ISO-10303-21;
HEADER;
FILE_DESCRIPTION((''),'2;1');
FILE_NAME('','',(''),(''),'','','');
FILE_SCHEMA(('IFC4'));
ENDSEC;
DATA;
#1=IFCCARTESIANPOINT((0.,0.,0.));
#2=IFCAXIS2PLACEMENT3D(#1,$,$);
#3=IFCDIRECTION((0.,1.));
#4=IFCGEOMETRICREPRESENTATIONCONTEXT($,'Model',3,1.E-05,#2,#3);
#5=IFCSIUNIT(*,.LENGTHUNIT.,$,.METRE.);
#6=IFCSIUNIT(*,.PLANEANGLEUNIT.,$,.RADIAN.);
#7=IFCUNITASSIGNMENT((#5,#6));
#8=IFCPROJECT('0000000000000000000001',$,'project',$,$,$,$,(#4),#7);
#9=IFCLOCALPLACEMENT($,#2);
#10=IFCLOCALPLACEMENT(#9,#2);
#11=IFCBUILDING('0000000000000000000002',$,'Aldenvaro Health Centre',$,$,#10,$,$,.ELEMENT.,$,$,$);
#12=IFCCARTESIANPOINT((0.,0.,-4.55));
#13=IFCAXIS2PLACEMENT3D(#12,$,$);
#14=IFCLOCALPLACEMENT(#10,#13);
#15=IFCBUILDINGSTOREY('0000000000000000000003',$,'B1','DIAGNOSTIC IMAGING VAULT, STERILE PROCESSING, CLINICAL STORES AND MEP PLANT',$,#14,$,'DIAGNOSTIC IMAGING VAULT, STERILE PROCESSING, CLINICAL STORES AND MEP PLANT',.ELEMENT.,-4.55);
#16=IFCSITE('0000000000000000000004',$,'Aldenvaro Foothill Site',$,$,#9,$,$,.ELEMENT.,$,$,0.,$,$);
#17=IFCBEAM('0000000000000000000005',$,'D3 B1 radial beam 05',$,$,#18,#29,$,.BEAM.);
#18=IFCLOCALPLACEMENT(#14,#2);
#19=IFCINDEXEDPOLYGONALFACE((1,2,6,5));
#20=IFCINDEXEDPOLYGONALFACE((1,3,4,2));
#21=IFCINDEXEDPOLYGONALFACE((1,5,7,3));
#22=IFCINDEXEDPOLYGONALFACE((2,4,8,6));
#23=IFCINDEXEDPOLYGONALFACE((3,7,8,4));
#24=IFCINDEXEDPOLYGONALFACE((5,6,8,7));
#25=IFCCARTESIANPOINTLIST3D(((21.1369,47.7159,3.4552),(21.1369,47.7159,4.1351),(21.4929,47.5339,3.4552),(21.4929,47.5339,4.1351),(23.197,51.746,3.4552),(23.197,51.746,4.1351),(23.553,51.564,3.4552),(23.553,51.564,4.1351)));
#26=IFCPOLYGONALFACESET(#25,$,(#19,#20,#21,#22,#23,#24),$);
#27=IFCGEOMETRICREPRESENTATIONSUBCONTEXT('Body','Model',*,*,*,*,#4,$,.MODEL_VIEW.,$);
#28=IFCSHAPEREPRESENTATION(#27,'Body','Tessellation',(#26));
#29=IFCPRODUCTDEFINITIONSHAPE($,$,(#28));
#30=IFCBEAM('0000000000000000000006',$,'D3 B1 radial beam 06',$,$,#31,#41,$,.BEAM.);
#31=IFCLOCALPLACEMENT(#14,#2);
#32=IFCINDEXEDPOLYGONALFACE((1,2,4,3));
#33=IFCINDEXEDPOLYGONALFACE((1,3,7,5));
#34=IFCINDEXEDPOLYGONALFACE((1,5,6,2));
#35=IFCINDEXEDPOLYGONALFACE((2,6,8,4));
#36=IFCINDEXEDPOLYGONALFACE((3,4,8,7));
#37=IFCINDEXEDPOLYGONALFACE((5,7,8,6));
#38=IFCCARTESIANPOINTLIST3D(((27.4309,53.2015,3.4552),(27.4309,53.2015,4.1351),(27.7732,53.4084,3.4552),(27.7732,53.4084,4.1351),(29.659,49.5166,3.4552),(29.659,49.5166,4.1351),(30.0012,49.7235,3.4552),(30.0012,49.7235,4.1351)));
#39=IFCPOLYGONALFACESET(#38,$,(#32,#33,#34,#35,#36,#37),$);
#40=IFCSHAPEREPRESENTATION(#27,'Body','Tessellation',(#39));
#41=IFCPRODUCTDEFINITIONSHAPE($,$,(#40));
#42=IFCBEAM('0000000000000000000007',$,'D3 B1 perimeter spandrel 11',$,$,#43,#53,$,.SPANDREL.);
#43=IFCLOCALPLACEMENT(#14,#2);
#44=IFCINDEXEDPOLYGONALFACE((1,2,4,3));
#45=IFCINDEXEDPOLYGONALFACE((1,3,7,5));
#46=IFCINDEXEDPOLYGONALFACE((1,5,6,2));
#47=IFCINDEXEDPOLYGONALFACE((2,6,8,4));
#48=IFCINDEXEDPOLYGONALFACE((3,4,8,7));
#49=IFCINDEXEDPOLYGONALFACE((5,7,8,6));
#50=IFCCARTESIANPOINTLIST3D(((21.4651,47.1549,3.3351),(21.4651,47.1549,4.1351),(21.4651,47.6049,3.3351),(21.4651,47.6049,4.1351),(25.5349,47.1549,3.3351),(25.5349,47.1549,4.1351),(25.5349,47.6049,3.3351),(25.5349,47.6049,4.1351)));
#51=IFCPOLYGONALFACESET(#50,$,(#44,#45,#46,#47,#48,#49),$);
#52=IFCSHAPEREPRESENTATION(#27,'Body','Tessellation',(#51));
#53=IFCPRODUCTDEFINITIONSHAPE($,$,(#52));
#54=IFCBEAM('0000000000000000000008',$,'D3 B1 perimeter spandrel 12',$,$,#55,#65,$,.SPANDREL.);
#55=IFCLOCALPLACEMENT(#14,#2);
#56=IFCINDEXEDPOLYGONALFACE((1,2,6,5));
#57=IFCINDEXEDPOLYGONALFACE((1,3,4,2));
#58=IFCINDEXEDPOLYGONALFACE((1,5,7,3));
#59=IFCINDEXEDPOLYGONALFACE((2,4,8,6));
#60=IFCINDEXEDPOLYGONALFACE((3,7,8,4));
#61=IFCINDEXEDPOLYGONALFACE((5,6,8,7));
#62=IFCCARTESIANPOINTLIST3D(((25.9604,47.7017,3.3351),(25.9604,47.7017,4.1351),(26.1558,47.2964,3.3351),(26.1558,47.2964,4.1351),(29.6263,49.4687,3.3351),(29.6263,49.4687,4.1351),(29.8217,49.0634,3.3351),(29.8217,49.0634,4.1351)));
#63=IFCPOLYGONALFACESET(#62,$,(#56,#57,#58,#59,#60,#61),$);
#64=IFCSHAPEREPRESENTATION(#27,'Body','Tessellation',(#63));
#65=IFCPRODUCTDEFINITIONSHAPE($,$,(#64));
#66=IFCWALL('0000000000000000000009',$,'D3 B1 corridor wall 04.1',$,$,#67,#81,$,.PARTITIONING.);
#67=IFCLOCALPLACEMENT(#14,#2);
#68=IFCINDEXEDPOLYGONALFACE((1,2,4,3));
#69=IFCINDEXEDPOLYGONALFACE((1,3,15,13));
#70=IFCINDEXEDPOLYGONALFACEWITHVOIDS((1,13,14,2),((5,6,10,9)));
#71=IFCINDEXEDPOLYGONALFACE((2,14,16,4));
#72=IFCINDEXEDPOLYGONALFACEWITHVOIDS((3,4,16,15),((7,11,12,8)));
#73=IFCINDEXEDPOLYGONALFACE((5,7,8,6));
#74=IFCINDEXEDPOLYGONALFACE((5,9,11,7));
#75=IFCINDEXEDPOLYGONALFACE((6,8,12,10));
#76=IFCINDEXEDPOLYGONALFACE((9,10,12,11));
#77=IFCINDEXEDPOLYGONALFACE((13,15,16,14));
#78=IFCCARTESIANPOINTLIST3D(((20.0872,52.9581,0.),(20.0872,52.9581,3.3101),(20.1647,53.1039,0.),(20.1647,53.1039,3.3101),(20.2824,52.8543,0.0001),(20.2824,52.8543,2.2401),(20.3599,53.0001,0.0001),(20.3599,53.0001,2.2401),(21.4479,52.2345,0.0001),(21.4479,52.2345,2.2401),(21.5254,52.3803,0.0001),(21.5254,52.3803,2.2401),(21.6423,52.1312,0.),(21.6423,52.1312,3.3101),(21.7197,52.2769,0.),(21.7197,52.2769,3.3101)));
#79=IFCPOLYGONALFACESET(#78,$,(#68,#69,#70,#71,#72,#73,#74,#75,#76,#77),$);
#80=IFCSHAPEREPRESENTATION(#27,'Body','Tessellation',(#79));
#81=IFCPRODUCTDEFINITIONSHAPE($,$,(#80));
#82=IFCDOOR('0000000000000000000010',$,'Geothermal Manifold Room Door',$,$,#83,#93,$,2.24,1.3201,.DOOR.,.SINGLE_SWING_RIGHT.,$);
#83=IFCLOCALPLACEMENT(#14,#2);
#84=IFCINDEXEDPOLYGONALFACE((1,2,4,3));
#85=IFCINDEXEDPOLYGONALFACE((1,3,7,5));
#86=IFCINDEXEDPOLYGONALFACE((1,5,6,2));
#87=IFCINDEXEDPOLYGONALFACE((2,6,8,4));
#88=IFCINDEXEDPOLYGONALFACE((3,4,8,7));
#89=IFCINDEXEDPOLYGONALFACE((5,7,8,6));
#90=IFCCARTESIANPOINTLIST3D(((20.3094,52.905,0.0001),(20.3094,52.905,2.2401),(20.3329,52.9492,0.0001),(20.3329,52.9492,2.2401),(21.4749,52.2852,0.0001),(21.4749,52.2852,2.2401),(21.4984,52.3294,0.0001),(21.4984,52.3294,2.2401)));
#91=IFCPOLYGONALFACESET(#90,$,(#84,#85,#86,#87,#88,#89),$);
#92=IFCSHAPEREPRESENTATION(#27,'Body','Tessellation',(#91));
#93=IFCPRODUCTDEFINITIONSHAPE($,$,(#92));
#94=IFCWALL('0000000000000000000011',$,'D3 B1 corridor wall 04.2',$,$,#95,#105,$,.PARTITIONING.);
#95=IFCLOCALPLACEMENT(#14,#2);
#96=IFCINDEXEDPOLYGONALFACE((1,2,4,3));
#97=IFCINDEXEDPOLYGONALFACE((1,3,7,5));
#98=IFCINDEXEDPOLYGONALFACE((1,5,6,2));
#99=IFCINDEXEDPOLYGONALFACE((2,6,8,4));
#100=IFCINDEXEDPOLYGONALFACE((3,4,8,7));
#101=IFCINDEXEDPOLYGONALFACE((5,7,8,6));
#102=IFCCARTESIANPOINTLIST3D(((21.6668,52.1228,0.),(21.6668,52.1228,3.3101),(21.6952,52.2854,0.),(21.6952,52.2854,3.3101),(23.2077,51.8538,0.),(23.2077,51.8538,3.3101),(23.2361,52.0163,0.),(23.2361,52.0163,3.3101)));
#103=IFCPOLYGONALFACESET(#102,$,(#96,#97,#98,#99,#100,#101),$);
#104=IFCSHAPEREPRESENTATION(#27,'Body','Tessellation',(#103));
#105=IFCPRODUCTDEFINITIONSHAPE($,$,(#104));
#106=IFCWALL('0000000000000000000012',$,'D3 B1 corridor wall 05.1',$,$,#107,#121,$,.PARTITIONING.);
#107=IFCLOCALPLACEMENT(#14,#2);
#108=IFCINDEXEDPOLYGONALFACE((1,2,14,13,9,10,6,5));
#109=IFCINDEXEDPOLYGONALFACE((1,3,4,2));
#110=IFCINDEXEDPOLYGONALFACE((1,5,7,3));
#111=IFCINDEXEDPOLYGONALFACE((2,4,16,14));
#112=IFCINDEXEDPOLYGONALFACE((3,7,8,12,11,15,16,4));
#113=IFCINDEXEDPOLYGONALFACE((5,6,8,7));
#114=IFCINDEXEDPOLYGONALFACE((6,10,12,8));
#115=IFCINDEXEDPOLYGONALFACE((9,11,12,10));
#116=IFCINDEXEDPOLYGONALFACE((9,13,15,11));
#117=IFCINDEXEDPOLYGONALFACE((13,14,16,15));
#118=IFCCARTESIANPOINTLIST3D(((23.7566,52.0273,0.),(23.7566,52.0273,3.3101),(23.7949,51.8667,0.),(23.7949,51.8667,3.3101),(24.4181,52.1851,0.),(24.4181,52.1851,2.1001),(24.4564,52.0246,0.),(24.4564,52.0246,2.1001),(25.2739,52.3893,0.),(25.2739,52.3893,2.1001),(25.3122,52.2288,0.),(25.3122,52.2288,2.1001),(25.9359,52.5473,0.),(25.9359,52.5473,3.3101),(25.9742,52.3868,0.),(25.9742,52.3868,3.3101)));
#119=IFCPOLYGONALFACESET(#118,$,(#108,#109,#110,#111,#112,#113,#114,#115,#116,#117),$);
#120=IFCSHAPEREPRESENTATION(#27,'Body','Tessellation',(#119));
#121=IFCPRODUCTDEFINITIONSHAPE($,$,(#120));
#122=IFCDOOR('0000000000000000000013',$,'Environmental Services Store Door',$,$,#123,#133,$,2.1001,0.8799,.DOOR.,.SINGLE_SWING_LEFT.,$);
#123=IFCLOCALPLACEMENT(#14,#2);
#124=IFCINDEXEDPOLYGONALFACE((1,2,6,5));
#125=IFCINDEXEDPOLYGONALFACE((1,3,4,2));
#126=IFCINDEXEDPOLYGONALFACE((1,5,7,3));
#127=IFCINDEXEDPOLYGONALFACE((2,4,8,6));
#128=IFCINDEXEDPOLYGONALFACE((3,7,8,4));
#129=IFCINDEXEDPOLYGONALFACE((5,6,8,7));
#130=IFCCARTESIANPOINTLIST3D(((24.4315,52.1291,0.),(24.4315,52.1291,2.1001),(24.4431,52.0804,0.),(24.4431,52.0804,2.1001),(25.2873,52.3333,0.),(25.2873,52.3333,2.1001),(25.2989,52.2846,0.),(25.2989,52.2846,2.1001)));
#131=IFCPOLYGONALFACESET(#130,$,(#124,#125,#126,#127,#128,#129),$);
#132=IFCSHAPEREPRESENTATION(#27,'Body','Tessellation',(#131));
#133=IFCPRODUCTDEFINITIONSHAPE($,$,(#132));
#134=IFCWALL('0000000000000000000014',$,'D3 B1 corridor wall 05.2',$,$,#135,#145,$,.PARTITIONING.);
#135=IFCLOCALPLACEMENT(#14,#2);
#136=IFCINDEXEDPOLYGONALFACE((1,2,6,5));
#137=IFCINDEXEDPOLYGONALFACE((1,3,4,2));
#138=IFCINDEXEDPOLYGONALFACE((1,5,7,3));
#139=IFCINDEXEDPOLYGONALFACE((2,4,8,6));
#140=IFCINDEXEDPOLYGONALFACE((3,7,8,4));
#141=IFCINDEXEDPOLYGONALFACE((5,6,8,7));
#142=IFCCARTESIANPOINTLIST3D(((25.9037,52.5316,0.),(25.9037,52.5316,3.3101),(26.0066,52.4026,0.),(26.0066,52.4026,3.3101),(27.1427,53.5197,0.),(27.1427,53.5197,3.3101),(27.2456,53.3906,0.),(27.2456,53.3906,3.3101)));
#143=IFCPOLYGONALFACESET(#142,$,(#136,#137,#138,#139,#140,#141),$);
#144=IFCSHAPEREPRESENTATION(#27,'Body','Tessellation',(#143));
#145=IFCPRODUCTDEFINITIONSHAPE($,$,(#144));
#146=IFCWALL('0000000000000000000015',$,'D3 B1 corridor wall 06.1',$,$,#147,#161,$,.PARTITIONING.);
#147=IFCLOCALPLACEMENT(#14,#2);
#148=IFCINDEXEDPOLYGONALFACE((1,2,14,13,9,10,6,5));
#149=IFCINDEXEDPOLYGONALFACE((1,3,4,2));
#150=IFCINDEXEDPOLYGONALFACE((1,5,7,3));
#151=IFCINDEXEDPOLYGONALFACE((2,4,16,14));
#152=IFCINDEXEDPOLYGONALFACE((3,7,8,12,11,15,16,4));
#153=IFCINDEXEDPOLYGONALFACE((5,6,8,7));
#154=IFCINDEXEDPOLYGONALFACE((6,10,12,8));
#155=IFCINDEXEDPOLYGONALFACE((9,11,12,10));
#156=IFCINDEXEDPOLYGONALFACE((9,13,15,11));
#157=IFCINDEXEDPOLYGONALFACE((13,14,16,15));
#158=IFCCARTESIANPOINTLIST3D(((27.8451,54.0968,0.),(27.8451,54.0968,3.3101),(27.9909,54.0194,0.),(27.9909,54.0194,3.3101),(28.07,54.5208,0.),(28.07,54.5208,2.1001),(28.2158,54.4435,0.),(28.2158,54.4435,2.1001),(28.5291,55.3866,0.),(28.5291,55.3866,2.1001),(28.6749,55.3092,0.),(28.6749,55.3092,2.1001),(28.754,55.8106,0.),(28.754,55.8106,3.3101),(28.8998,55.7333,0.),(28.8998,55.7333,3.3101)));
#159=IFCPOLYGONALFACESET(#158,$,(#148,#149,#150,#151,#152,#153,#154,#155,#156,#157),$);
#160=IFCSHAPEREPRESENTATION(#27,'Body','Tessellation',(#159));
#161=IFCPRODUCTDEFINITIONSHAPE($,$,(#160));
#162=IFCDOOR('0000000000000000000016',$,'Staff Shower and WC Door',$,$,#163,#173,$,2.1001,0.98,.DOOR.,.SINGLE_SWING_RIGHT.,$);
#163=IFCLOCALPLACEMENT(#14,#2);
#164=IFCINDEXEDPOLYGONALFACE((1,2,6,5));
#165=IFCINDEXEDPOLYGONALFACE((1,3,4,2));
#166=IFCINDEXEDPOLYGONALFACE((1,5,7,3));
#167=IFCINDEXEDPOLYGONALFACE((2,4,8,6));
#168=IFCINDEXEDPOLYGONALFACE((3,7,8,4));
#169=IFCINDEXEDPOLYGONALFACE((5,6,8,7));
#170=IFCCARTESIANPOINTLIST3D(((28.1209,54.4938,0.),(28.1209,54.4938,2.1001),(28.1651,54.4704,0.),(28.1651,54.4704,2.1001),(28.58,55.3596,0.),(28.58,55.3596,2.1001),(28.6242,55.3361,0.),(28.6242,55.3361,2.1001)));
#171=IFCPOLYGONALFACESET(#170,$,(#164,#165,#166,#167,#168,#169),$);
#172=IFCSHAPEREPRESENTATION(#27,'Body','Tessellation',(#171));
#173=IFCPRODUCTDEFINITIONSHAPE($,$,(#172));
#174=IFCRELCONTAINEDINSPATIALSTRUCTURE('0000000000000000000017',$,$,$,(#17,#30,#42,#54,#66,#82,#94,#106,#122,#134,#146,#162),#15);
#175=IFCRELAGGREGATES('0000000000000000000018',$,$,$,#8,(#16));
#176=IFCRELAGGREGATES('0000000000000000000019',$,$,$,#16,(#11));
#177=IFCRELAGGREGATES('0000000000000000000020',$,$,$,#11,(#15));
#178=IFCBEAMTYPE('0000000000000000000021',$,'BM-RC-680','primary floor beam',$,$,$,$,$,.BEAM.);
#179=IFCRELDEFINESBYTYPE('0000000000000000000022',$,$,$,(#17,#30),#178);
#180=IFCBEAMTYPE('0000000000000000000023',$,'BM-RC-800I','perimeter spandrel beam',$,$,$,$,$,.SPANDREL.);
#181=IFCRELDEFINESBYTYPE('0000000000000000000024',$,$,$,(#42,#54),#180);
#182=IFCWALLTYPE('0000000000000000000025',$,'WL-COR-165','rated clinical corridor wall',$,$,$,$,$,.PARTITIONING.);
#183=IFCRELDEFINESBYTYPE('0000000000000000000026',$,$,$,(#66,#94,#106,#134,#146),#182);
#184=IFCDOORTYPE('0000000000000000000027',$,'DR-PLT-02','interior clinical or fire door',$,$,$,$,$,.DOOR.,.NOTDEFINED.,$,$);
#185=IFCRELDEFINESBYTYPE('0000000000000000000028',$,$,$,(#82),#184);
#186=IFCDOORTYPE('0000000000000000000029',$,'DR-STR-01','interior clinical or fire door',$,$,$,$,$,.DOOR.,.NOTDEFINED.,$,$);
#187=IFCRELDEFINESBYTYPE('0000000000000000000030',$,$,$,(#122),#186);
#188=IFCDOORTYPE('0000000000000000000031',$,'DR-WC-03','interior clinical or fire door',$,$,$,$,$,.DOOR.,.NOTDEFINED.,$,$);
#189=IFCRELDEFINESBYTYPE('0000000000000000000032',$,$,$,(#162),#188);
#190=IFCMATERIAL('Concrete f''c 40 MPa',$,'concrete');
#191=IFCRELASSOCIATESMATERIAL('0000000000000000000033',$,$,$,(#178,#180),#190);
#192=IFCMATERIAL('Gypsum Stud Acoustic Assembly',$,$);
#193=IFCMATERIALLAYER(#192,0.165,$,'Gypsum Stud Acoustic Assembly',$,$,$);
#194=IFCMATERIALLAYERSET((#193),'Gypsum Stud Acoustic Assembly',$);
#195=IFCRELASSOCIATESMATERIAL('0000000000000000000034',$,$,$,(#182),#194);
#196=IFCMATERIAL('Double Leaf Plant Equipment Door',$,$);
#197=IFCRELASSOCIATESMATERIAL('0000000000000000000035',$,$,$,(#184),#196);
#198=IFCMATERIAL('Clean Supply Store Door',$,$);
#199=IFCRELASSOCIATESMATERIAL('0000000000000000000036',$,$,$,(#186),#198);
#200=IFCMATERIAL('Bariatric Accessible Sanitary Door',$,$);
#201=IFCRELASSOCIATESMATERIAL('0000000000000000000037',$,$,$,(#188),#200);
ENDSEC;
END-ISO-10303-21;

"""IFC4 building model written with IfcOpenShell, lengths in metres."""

from ifc_helpers import new_model, si_unit, direction, frame, frame_2d, origin, origin_2d, place, context, subcontext, project, spatial, rectangle, extrude, material, layer, layer_set, material_profile, profile_set, type_object, element, fill, save


model = new_model("IFC4")

# Units and contexts
model_context = context("Model", 3, precision=1e-05, world=origin(), true_north=direction((0.0, 1.0)))
body_context = subcontext(model_context, "Body", "Model", "MODEL_VIEW")
ifc_project = project(units=[si_unit("LENGTHUNIT", "METRE"), si_unit("PLANEANGLEUNIT", "RADIAN")], contexts=[model_context])

# Site, building, storey
site_placement = place(None, origin())
site = spatial("IfcSite", under=ifc_project, at=site_placement, Name="Aldenvaro Foothill Site", CompositionType="ELEMENT", RefElevation=0.0)
building_placement = place(site_placement, origin())
building = spatial("IfcBuilding", under=site, at=building_placement, Name="Aldenvaro Health Centre", CompositionType="ELEMENT")
storey_placement = place(building_placement, frame((0.0, 0.0, -4.55)))
storey = spatial("IfcBuildingStorey", under=building, at=storey_placement, Name="B1", Description="DIAGNOSTIC IMAGING VAULT, STERILE PROCESSING, CLINICAL STORES AND MEP PLANT", LongName="DIAGNOSTIC IMAGING VAULT, STERILE PROCESSING, CLINICAL STORES AND MEP PLANT", CompositionType="ELEMENT", Elevation=-4.55)

# Shared definitions
ifc_material_1 = material(Name="Concrete f'c 40 MPa", Category="concrete")

# Beams
ifc_material_profile_1 = material_profile(ifc_material_1, rectangle(XDim=0.3999, YDim=0.6799, at=origin_2d()), Name="RC 400x680", Category="concrete")
ifc_profile_set_1 = profile_set([ifc_material_profile_1], Name="Concrete f'c 40 MPa")
beam_type_1 = type_object("IfcBeamType", Name="BM-RC-680", Description="primary floor beam", PredefinedType="BEAM", material=ifc_profile_set_1)
beam_1_placement = place(storey_placement, frame((23.375, 51.655, 3.7952), z_axis=(-0.455158, -0.890411, 0.0), x_axis=(0.890411, -0.455158, 0.0)))
element("IfcBeam", 1, at=beam_1_placement, inside=storey, type_object=beam_type_1, Name="D3 B1 radial beam 05", PredefinedType="BEAM", context=body_context, shape_type="SweptSolid", body=[
    extrude(rectangle(XDim=0.3999, YDim=0.6799, at=origin_2d()), origin(), (0.0, 0.0, 1.0), 4.5261),
])
beam_2_placement = place(storey_placement, frame((27.6021, 53.3049, 3.7952), z_axis=(0.517419, -0.855732, 0.0), x_axis=(0.855732, 0.517419, 0.0)))
element("IfcBeam", 2, at=beam_2_placement, inside=storey, type_object=beam_type_1, Name="D3 B1 radial beam 06", PredefinedType="BEAM", context=body_context, shape_type="SweptSolid", body=[
    extrude(rectangle(XDim=0.3999, YDim=0.6799, at=origin_2d()), origin(), (0.0, 0.0, 1.0), 4.3062),
])
ifc_material_profile_2 = material_profile(ifc_material_1, rectangle(XDim=0.45, YDim=0.8, at=origin_2d()), Name="RC 450x800", Category="concrete")
ifc_profile_set_2 = profile_set([ifc_material_profile_2], Name="Concrete f'c 40 MPa")
beam_type_2 = type_object("IfcBeamType", Name="BM-RC-800I", Description="perimeter spandrel beam", PredefinedType="SPANDREL", material=ifc_profile_set_2)
beam_3_placement = place(storey_placement, frame((21.4651, 47.3799, 3.7351), z_axis=(1.0, 0.0, 0.0), x_axis=(0.0, 1.0, 0.0)))
element("IfcBeam", 3, at=beam_3_placement, inside=storey, type_object=beam_type_2, Name="D3 B1 perimeter spandrel 11", PredefinedType="SPANDREL", context=body_context, shape_type="SweptSolid", body=[
    extrude(rectangle(XDim=0.45, YDim=0.8, at=origin_2d()), origin(), (0.0, 0.0, 1.0), 4.0698),
])
beam_4_placement = place(storey_placement, frame((26.0581, 47.499, 3.7351), z_axis=(0.900812, 0.434209, 0.0), x_axis=(-0.434209, 0.900812, 0.0)))
element("IfcBeam", 4, at=beam_4_placement, inside=storey, type_object=beam_type_2, Name="D3 B1 perimeter spandrel 12", PredefinedType="SPANDREL", context=body_context, shape_type="SweptSolid", body=[
    extrude(rectangle(XDim=0.45, YDim=0.8, at=origin_2d()), origin(), (0.0, 0.0, 1.0), 4.0696),
])

# Wall, opening, door
ifc_material_2 = material(Name="Gypsum Stud Acoustic Assembly")
ifc_layer_1 = layer(ifc_material_2, 0.165, Name="Gypsum Stud Acoustic Assembly")
ifc_layer_set_1 = layer_set([ifc_layer_1], Name="Gypsum Stud Acoustic Assembly")
wall_type_1 = type_object("IfcWallType", Name="WL-COR-165", Description="rated clinical corridor wall", PredefinedType="PARTITIONING", material=ifc_layer_set_1)
wall_1_placement = place(storey_placement, frame((20.126, 53.031, 0.0), z_axis=(0.0, 0.0, 1.0), x_axis=(0.882916, -0.46953, 0.0)))
wall_1 = element("IfcWall", 5, at=wall_1_placement, inside=storey, type_object=wall_type_1, Name="D3 B1 corridor wall 04.1", PredefinedType="PARTITIONING", context=body_context, shape_type="SweptSolid", body=[
    extrude(rectangle(XDim=1.7612, YDim=0.165, at=frame_2d((0.8806, 0.0))), origin(), (0.0, 0.0, 1.0), 3.3101),
])
opening_1_placement = place(wall_1_placement, frame((0.2209, 0.0, 0.0)))
opening_1 = element("IfcOpeningElement", 6, at=opening_1_placement, cuts=wall_1, PredefinedType="OPENING", context=body_context, shape_type="SweptSolid", body=[
    extrude(rectangle(XDim=1.3201, YDim=2.24, at=frame_2d((0.6602, 1.1201))), frame((0.0, 0.0925, 0.0), z_axis=(0.0, -1.0, 0.0), x_axis=(1.0, 0.0, 0.0)), (0.0, 0.0, 1.0), 0.1851),
])
ifc_material_3 = material(Name="Double Leaf Plant Equipment Door")
door_type_1 = type_object("IfcDoorType", Name="DR-PLT-02", Description="interior clinical or fire door", OperationType="NOTDEFINED", PredefinedType="DOOR", material=ifc_material_3)
door_1_placement = place(opening_1_placement, origin())
door_1 = element("IfcDoor", 7, at=door_1_placement, inside=storey, type_object=door_type_1, Name="Geothermal Manifold Room Door", OperationType="SINGLE_SWING_RIGHT", OverallHeight=2.24, OverallWidth=1.3201, PredefinedType="DOOR", context=body_context, shape_type="SweptSolid", body=[
    extrude(rectangle(XDim=1.3201, YDim=2.24, at=frame_2d((0.6602, 1.1201))), frame((0.0, 0.0249, 0.0), z_axis=(0.0, -1.0, 0.0), x_axis=(1.0, 0.0, 0.0)), (0.0, 0.0, 1.0), 0.05),
])
fill(opening_1, door_1)

# Wall
wall_2_placement = place(storey_placement, frame((21.6809, 52.2041, 0.0), z_axis=(0.0, 0.0, 1.0), x_axis=(0.985099, -0.171987, 0.0)))
element("IfcWall", 8, at=wall_2_placement, inside=storey, type_object=wall_type_1, Name="D3 B1 corridor wall 04.2", PredefinedType="PARTITIONING", context=body_context, shape_type="SweptSolid", body=[
    extrude(rectangle(XDim=1.5642, YDim=0.165, at=frame_2d((0.7822, 0.0))), origin(), (0.0, 0.0, 1.0), 3.3101),
])

# Wall, opening, door
wall_3_placement = place(storey_placement, frame((23.7759, 51.947, 0.0), z_axis=(0.0, 0.0, 1.0), x_axis=(0.972689, 0.232112, 0.0)))
wall_3 = element("IfcWall", 9, at=wall_3_placement, inside=storey, type_object=wall_type_1, Name="D3 B1 corridor wall 05.1", PredefinedType="PARTITIONING", context=body_context, shape_type="SweptSolid", body=[
    extrude(rectangle(XDim=2.2405, YDim=0.165, at=frame_2d((1.1201, 0.0))), origin(), (0.0, 0.0, 1.0), 3.3101),
])
opening_2_placement = place(wall_3_placement, frame((0.6799, 0.0, 0.0)))
opening_2 = element("IfcOpeningElement", 10, at=opening_2_placement, cuts=wall_3, PredefinedType="OPENING", context=body_context, shape_type="SweptSolid", body=[
    extrude(rectangle(XDim=0.8799, YDim=2.1001, at=frame_2d((0.4399, 1.05))), frame((0.0, 0.0925, 0.0), z_axis=(0.0, -1.0, 0.0), x_axis=(1.0, 0.0, 0.0)), (0.0, 0.0, 1.0), 0.1851),
])
ifc_material_4 = material(Name="Clean Supply Store Door")
door_type_2 = type_object("IfcDoorType", Name="DR-STR-01", Description="interior clinical or fire door", OperationType="NOTDEFINED", PredefinedType="DOOR", material=ifc_material_4)
door_2_placement = place(opening_2_placement, origin())
door_2 = element("IfcDoor", 11, at=door_2_placement, inside=storey, type_object=door_type_2, Name="Environmental Services Store Door", OperationType="SINGLE_SWING_LEFT", OverallHeight=2.1001, OverallWidth=0.8799, PredefinedType="DOOR", context=body_context, shape_type="SweptSolid", body=[
    extrude(rectangle(XDim=0.8799, YDim=2.1001, at=frame_2d((0.4399, 1.05))), frame((0.0, 0.0249, 0.0), z_axis=(0.0, -1.0, 0.0), x_axis=(1.0, 0.0, 0.0)), (0.0, 0.0, 1.0), 0.05),
])
fill(opening_2, door_2)

# Wall
wall_4_placement = place(storey_placement, frame((25.9551, 52.467, 0.0), z_axis=(0.0, 0.0, 1.0), x_axis=(0.781845, 0.623473, 0.0)))
element("IfcWall", 12, at=wall_4_placement, inside=storey, type_object=wall_type_1, Name="D3 B1 corridor wall 05.2", PredefinedType="PARTITIONING", context=body_context, shape_type="SweptSolid", body=[
    extrude(rectangle(XDim=1.5847, YDim=0.165, at=frame_2d((0.7925, 0.0))), origin(), (0.0, 0.0, 1.0), 3.3101),
])

# Wall, opening, door
wall_5_placement = place(storey_placement, frame((27.918, 54.0581, 0.0), z_axis=(0.0, 0.0, 1.0), x_axis=(0.468529, 0.883448, 0.0)))
wall_5 = element("IfcWall", 13, at=wall_5_placement, inside=storey, type_object=wall_type_1, Name="D3 B1 corridor wall 06.1", PredefinedType="PARTITIONING", context=body_context, shape_type="SweptSolid", body=[
    extrude(rectangle(XDim=1.9399, YDim=0.165, at=frame_2d((0.97, 0.0))), origin(), (0.0, 0.0, 1.0), 3.3101),
])
opening_3_placement = place(wall_5_placement, frame((0.48, 0.0, 0.0)))
opening_3 = element("IfcOpeningElement", 14, at=opening_3_placement, cuts=wall_5, PredefinedType="OPENING", context=body_context, shape_type="SweptSolid", body=[
    extrude(rectangle(XDim=0.98, YDim=2.1001, at=frame_2d((0.49, 1.05))), frame((0.0, 0.0925, 0.0), z_axis=(0.0, -1.0, 0.0), x_axis=(1.0, 0.0, 0.0)), (0.0, 0.0, 1.0), 0.1851),
])
ifc_material_5 = material(Name="Bariatric Accessible Sanitary Door")
door_type_3 = type_object("IfcDoorType", Name="DR-WC-03", Description="interior clinical or fire door", OperationType="NOTDEFINED", PredefinedType="DOOR", material=ifc_material_5)
door_3_placement = place(opening_3_placement, origin())
door_3 = element("IfcDoor", 15, at=door_3_placement, inside=storey, type_object=door_type_3, Name="Staff Shower and WC Door", OperationType="SINGLE_SWING_RIGHT", OverallHeight=2.1001, OverallWidth=0.98, PredefinedType="DOOR", context=body_context, shape_type="SweptSolid", body=[
    extrude(rectangle(XDim=0.98, YDim=2.1001, at=frame_2d((0.49, 1.05))), frame((0.0, 0.0249, 0.0), z_axis=(0.0, -1.0, 0.0), x_axis=(1.0, 0.0, 0.0)), (0.0, 0.0, 1.0), 0.05),
])
fill(opening_3, door_3)

save(model, "model.ifc")
